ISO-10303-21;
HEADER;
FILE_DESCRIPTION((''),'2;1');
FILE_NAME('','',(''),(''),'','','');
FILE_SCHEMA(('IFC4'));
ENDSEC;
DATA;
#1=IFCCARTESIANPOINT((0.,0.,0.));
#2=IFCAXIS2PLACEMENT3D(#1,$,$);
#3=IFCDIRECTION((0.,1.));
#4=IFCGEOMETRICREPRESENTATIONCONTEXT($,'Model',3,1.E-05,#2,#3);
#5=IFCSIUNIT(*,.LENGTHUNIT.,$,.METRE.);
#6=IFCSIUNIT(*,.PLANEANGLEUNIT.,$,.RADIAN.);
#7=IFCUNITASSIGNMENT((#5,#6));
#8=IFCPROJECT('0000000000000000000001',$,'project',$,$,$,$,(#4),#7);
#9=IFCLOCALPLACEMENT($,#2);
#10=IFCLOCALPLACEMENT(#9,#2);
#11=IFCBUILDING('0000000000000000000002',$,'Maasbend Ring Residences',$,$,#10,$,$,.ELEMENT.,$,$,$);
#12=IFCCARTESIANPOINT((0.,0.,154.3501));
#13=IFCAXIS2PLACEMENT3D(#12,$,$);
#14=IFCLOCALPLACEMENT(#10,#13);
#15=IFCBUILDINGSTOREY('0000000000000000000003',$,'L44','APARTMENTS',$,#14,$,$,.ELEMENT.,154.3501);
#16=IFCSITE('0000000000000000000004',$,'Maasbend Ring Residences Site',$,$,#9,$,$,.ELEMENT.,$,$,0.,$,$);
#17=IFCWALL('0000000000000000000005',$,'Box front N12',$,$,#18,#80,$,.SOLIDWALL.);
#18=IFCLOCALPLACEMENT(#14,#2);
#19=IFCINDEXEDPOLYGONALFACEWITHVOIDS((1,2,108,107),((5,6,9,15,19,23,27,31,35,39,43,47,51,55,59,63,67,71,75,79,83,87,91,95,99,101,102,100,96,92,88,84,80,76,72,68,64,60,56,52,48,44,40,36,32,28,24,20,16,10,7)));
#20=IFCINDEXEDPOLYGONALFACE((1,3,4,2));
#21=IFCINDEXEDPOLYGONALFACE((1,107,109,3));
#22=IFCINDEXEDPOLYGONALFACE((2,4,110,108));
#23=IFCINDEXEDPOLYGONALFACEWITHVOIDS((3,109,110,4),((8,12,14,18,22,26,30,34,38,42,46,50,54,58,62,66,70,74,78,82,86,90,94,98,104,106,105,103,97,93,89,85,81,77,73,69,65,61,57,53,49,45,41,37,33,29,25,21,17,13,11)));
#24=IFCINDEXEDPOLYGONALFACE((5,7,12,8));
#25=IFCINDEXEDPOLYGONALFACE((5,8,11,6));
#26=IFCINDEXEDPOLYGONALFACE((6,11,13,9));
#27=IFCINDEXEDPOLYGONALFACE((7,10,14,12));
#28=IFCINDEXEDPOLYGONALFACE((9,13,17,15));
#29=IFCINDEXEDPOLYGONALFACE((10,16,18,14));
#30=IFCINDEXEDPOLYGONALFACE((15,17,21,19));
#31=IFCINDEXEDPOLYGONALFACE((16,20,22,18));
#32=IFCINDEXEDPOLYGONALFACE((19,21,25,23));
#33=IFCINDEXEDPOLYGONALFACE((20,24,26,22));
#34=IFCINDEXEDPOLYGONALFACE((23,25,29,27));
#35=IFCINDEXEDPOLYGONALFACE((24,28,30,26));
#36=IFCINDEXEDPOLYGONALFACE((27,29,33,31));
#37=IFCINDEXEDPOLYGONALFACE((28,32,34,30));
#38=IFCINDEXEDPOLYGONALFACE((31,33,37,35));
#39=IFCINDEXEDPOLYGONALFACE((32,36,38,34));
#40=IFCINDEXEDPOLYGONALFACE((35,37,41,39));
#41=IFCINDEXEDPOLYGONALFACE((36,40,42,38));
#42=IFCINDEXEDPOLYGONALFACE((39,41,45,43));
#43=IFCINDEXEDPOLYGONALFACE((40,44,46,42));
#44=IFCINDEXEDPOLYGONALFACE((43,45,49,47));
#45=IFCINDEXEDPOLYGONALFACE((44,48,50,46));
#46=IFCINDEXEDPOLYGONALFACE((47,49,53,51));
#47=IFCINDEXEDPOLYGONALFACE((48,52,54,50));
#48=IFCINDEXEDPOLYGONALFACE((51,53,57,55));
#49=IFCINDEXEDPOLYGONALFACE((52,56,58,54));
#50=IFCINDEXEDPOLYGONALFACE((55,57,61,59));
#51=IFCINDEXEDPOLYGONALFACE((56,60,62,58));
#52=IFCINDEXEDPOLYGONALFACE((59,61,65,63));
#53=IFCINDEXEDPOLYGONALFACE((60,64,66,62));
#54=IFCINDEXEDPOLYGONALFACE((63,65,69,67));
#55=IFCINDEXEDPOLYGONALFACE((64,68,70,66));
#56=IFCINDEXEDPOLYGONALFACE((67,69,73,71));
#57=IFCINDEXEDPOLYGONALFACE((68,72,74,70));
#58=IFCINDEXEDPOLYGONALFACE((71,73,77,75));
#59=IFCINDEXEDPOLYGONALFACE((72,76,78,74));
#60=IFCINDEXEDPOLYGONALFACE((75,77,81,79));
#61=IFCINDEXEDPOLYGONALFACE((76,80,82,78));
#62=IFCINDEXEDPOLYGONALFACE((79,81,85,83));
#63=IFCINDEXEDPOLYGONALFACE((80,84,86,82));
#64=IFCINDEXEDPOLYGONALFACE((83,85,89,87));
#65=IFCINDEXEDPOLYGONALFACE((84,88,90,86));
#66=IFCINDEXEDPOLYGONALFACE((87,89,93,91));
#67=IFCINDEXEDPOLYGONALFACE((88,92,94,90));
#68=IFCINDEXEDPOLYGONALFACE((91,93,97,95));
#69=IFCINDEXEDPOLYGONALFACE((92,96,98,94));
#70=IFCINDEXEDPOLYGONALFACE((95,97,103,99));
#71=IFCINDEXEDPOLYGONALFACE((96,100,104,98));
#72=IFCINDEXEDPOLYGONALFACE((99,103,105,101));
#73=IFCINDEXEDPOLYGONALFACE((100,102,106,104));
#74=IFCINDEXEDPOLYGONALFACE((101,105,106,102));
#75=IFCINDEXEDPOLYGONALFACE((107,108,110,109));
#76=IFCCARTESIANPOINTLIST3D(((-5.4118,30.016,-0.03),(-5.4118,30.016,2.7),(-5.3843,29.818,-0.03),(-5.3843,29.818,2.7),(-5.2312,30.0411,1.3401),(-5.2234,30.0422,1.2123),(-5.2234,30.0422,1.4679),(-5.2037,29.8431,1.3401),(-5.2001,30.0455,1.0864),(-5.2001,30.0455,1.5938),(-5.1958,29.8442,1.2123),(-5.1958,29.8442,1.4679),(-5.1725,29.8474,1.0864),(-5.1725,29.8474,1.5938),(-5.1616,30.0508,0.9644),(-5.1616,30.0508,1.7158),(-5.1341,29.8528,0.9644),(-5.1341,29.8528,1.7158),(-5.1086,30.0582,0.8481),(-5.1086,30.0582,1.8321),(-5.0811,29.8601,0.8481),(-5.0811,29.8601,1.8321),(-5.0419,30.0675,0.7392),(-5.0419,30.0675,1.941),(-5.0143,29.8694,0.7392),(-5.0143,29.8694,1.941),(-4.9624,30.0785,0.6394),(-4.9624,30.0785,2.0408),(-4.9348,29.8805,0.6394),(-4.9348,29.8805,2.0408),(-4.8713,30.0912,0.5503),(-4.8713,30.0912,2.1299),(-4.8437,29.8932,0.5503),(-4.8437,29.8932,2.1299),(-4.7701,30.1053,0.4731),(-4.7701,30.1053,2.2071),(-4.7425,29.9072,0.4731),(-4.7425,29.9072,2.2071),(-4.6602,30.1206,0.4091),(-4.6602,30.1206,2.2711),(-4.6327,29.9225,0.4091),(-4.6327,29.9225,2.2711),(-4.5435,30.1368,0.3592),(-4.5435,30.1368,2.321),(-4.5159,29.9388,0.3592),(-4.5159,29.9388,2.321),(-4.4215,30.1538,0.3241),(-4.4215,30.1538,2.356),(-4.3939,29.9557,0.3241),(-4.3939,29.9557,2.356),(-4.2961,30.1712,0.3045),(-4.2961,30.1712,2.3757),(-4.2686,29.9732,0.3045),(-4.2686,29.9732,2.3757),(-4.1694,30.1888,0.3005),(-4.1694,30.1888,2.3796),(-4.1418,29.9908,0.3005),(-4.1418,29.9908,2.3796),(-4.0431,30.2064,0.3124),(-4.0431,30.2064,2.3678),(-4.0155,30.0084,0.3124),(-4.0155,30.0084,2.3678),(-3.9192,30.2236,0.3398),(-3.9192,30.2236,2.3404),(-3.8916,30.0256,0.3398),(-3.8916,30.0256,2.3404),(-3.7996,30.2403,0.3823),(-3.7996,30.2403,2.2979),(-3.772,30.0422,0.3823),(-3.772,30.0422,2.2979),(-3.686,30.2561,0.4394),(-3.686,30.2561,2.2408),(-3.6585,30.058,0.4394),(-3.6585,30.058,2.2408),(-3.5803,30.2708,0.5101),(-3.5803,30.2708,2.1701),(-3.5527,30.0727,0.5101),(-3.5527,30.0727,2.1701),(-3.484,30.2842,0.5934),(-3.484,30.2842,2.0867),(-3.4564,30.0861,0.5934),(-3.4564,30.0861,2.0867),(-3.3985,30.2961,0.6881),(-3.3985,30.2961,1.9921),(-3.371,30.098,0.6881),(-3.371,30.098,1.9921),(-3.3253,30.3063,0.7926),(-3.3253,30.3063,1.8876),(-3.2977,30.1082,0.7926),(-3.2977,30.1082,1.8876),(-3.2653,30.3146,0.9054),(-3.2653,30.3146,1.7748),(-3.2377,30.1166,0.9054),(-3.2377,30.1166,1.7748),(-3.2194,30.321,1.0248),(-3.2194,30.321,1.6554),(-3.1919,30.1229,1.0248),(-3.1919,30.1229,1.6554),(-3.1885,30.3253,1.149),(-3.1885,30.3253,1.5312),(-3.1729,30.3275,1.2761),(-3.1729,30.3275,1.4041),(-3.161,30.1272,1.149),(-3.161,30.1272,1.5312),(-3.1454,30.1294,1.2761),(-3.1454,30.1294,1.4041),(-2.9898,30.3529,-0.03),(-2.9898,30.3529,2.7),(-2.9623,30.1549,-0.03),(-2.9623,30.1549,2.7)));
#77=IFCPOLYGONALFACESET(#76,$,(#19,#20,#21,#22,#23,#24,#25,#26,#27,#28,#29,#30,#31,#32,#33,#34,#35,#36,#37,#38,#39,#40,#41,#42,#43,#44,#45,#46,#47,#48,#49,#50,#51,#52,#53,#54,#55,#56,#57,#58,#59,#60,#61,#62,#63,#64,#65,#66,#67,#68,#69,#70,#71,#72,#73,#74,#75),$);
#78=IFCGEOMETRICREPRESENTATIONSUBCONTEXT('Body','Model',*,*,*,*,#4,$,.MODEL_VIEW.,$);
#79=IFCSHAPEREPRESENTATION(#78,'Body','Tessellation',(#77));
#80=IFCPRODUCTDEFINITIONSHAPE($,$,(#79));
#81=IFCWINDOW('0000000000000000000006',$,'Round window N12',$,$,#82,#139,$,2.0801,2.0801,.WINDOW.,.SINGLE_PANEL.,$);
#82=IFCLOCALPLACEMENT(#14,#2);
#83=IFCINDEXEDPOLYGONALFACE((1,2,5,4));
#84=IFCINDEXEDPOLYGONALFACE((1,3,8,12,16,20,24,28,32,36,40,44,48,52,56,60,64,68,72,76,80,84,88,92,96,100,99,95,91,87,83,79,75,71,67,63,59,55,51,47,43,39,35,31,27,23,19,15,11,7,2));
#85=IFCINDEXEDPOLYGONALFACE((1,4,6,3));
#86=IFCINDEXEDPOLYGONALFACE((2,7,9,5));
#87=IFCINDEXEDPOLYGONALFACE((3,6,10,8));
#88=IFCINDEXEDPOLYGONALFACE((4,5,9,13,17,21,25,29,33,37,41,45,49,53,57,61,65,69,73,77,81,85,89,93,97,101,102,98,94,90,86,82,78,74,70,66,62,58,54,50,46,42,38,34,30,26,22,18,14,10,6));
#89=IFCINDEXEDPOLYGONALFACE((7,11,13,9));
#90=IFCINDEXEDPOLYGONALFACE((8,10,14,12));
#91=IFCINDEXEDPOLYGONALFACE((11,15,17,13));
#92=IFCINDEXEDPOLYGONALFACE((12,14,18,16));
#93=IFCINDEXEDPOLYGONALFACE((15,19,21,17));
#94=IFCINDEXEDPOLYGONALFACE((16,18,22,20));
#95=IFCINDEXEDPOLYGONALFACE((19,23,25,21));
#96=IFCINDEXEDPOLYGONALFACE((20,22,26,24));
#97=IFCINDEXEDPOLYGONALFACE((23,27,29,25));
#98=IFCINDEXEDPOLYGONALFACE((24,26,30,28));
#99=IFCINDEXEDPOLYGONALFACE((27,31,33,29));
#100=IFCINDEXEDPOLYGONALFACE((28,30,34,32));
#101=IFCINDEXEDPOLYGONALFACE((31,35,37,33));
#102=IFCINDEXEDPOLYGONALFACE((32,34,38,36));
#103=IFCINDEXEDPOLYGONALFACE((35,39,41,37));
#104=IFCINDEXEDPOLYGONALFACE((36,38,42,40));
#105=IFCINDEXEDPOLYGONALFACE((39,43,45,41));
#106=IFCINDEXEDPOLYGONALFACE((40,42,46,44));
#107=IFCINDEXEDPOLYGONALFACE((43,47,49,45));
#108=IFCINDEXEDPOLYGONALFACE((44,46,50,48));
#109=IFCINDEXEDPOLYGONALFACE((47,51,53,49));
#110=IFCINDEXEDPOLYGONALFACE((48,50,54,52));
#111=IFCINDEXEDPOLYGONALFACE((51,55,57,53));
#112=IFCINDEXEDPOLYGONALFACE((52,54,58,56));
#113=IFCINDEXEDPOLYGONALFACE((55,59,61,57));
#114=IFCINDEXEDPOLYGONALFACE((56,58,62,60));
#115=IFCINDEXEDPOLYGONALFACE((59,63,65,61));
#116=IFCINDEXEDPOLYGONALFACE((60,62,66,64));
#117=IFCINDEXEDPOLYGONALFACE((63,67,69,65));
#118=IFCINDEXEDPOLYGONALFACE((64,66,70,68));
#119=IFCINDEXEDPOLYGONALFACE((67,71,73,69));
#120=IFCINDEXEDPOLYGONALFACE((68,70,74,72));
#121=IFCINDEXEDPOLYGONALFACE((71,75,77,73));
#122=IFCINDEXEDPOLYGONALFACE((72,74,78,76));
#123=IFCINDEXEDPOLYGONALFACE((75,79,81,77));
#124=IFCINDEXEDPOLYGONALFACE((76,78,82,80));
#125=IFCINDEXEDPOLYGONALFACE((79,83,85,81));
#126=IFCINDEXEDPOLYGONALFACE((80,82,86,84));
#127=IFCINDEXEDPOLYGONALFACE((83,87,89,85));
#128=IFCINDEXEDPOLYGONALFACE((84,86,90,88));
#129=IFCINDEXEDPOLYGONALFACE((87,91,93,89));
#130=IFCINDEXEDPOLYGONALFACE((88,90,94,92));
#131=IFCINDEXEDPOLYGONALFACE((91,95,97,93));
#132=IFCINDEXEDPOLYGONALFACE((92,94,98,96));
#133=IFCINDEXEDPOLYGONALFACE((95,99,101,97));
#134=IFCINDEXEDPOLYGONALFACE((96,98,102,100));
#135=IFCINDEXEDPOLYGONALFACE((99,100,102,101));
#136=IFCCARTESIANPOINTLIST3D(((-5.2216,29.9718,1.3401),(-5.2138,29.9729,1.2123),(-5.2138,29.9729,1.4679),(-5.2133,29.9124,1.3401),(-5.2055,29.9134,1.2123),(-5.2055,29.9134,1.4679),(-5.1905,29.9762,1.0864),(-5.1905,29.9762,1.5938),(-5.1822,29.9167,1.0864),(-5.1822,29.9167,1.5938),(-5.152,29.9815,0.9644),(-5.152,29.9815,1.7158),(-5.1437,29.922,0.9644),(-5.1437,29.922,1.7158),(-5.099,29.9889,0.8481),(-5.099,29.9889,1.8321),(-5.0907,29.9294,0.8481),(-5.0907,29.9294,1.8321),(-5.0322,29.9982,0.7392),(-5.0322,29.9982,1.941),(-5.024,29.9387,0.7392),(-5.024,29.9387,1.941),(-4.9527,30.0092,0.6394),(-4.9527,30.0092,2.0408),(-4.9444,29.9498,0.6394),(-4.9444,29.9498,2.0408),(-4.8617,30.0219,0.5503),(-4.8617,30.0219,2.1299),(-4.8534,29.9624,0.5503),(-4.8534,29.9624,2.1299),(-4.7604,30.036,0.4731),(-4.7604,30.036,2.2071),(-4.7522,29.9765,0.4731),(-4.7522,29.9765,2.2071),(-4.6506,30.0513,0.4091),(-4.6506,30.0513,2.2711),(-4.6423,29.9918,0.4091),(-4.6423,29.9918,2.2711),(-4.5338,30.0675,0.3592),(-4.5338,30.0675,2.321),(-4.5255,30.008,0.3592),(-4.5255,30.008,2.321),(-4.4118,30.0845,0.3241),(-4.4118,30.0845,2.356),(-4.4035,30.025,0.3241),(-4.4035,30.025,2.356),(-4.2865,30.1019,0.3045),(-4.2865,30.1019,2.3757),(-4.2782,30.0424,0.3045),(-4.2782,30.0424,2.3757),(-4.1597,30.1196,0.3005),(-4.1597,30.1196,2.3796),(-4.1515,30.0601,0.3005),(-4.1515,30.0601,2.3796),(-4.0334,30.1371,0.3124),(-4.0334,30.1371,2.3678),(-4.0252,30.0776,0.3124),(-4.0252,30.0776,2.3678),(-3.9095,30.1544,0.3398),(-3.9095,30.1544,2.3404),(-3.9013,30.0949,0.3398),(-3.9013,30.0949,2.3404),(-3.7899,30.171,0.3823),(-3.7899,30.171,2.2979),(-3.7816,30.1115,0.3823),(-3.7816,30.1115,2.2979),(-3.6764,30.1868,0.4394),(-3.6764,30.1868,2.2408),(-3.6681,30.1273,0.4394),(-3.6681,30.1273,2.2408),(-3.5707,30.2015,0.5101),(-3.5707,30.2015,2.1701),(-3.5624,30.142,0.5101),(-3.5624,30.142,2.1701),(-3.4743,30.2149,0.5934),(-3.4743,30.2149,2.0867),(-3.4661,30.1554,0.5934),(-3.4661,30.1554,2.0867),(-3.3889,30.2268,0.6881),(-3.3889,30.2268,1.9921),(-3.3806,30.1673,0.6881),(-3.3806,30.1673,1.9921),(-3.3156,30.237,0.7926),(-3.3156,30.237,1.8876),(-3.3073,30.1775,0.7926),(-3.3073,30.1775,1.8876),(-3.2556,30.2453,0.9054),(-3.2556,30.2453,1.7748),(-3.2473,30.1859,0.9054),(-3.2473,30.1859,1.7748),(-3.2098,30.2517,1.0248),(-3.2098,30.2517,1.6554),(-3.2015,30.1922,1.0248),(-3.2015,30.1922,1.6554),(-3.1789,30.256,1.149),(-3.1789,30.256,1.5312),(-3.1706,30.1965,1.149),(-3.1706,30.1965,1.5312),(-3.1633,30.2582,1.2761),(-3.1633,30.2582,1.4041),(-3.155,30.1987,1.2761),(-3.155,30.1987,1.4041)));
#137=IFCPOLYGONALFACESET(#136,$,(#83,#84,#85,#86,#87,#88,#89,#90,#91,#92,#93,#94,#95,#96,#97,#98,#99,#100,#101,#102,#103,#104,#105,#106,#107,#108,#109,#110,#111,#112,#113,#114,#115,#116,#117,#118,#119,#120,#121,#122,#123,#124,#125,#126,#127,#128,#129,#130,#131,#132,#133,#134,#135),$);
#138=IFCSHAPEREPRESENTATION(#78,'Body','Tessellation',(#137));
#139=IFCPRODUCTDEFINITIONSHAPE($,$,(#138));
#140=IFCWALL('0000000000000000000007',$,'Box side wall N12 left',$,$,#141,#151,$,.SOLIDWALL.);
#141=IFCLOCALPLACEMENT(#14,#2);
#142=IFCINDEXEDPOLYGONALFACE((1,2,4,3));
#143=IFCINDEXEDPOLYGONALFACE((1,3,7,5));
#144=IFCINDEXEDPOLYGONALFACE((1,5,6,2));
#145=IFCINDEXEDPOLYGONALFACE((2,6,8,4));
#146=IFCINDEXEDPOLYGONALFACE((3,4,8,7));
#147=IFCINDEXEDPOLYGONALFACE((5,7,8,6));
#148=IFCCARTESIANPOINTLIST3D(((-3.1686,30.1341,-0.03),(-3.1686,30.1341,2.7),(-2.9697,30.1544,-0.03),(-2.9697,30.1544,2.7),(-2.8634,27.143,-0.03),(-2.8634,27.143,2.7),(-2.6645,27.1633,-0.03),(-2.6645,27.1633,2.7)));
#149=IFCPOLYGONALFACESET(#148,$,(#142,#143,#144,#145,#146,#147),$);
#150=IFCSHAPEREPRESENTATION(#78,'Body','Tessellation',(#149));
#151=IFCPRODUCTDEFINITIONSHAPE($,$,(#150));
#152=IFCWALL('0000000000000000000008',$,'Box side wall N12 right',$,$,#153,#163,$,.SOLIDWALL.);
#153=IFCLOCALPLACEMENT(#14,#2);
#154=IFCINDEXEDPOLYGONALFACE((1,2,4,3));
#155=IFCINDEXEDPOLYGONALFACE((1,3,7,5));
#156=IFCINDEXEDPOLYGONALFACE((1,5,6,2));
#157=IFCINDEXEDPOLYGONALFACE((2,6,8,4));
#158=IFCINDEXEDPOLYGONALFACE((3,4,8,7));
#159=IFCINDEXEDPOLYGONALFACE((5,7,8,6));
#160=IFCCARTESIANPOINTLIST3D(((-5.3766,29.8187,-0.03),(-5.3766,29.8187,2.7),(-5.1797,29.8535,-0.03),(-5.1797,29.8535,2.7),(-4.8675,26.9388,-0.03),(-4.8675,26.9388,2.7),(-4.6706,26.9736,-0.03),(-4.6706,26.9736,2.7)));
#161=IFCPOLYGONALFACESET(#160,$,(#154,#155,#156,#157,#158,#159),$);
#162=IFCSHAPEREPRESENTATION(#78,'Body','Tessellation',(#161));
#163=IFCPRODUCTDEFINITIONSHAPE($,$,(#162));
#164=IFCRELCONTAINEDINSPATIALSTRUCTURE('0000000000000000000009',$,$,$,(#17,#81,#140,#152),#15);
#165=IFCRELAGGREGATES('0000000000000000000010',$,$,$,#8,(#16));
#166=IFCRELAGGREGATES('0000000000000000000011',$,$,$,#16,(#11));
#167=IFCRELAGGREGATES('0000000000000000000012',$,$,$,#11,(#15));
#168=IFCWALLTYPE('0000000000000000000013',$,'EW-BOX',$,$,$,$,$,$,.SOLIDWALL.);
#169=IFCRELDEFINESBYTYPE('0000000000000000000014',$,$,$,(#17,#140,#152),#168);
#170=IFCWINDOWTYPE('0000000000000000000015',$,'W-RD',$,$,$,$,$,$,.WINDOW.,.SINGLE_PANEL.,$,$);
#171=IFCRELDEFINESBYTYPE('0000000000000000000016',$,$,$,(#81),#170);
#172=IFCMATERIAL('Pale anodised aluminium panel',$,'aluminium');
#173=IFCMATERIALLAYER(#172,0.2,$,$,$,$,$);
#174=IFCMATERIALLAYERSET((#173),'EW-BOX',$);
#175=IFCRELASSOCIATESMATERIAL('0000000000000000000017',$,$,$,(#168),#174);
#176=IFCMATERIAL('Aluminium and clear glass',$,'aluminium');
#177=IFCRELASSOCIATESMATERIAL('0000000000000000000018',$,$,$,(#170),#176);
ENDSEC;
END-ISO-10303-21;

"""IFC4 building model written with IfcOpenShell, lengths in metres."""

from ifc_helpers import new_model, si_unit, direction, frame, frame_2d, origin, place, context, subcontext, project, spatial, rectangle, circle, extrude, material, layer, layer_set, type_object, element, fill, save


model = new_model("IFC4")

# Units and contexts
model_context = context("Model", 3, precision=1e-05, world=origin(), true_north=direction((0.0, 1.0)))
body_context = subcontext(model_context, "Body", "Model", "MODEL_VIEW")
ifc_project = project(units=[si_unit("LENGTHUNIT", "METRE"), si_unit("PLANEANGLEUNIT", "RADIAN")], contexts=[model_context])

# Site, building, storey
site_placement = place(None, origin())
site = spatial("IfcSite", under=ifc_project, at=site_placement, Name="Maasbend Ring Residences Site", CompositionType="ELEMENT", RefElevation=0.0)
building_placement = place(site_placement, origin())
building = spatial("IfcBuilding", under=site, at=building_placement, Name="Maasbend Ring Residences", CompositionType="ELEMENT")
storey_placement = place(building_placement, frame((0.0, 0.0, 154.3501)))
storey = spatial("IfcBuildingStorey", under=building, at=storey_placement, Name="L44", Description="APARTMENTS", CompositionType="ELEMENT", Elevation=154.3501)

# Wall, opening, window
ifc_material_1 = material(Name="Pale anodised aluminium panel", Category="aluminium")
ifc_layer_1 = layer(ifc_material_1, 0.2)
ifc_layer_set_1 = layer_set([ifc_layer_1], Name="EW-BOX")
wall_type_1 = type_object("IfcWallType", Name="EW-BOX", PredefinedType="SOLIDWALL", material=ifc_layer_set_1)
wall_1_placement = place(storey_placement, frame((-2.9761, 30.2539, -0.03), z_axis=(0.0, 0.0, 1.0), x_axis=(-0.990462, -0.137786, 0.0)))
wall_1 = element("IfcWall", 1, at=wall_1_placement, inside=storey, type_object=wall_type_1, Name="Box front N12", PredefinedType="SOLIDWALL", context=body_context, shape_type="SweptSolid", body=[
    extrude(rectangle(XDim=2.4453, YDim=0.2, at=frame_2d((1.2227, 0.0))), origin(), (0.0, 0.0, 1.0), 2.73),
])
opening_1_placement = place(wall_1_placement, frame((0.1829, 0.0, 0.3301)))
opening_1 = element("IfcOpeningElement", 2, at=opening_1_placement, cuts=wall_1, PredefinedType="OPENING", context=body_context, shape_type="SweptSolid", body=[
    extrude(circle(Radius=1.04, at=frame_2d((1.04, 1.04))), frame((0.0, 0.1099, 0.0), z_axis=(0.0, -1.0, 0.0), x_axis=(1.0, 0.0, 0.0)), (0.0, 0.0, 1.0), 0.22),
])
ifc_material_2 = material(Name="Aluminium and clear glass", Category="aluminium")
window_type_1 = type_object("IfcWindowType", Name="W-RD", PartitioningType="SINGLE_PANEL", PredefinedType="WINDOW", material=ifc_material_2)
window_1_placement = place(opening_1_placement, origin())
window_1 = element("IfcWindow", 3, at=window_1_placement, inside=storey, type_object=window_type_1, Name="Round window N12", OverallHeight=2.0801, OverallWidth=2.0801, PartitioningType="SINGLE_PANEL", PredefinedType="WINDOW", context=body_context, shape_type="SweptSolid", body=[
    extrude(circle(Radius=1.04, at=frame_2d((1.04, 1.04))), frame((0.0, 0.03, 0.0), z_axis=(0.0, -1.0, 0.0), x_axis=(1.0, 0.0, 0.0)), (0.0, 0.0, 1.0), 0.0601),
])
fill(opening_1, window_1)

# Walls
wall_2_placement = place(storey_placement, frame((-2.7639, 27.1531, -0.03), z_axis=(0.0, 0.0, 1.0), x_axis=(-0.101505, 0.994835, 0.0)))
element("IfcWall", 4, at=wall_2_placement, inside=storey, type_object=wall_type_1, Name="Box side wall N12 left", PredefinedType="SOLIDWALL", context=body_context, shape_type="SweptSolid", body=[
    extrude(rectangle(XDim=3.0066, YDim=0.2, at=frame_2d((1.5034, 0.0))), origin(), (0.0, 0.0, 1.0), 2.73),
])
wall_3_placement = place(storey_placement, frame((-4.769, 26.9561, -0.03), z_axis=(0.0, 0.0, 1.0), x_axis=(-0.174057, 0.984736, 0.0)))
element("IfcWall", 5, at=wall_3_placement, inside=storey, type_object=wall_type_1, Name="Box side wall N12 right", PredefinedType="SOLIDWALL", context=body_context, shape_type="SweptSolid", body=[
    extrude(rectangle(XDim=2.9246, YDim=0.2, at=frame_2d((1.4624, 0.0))), origin(), (0.0, 0.0, 1.0), 2.73),
])

save(model, "model.ifc")
